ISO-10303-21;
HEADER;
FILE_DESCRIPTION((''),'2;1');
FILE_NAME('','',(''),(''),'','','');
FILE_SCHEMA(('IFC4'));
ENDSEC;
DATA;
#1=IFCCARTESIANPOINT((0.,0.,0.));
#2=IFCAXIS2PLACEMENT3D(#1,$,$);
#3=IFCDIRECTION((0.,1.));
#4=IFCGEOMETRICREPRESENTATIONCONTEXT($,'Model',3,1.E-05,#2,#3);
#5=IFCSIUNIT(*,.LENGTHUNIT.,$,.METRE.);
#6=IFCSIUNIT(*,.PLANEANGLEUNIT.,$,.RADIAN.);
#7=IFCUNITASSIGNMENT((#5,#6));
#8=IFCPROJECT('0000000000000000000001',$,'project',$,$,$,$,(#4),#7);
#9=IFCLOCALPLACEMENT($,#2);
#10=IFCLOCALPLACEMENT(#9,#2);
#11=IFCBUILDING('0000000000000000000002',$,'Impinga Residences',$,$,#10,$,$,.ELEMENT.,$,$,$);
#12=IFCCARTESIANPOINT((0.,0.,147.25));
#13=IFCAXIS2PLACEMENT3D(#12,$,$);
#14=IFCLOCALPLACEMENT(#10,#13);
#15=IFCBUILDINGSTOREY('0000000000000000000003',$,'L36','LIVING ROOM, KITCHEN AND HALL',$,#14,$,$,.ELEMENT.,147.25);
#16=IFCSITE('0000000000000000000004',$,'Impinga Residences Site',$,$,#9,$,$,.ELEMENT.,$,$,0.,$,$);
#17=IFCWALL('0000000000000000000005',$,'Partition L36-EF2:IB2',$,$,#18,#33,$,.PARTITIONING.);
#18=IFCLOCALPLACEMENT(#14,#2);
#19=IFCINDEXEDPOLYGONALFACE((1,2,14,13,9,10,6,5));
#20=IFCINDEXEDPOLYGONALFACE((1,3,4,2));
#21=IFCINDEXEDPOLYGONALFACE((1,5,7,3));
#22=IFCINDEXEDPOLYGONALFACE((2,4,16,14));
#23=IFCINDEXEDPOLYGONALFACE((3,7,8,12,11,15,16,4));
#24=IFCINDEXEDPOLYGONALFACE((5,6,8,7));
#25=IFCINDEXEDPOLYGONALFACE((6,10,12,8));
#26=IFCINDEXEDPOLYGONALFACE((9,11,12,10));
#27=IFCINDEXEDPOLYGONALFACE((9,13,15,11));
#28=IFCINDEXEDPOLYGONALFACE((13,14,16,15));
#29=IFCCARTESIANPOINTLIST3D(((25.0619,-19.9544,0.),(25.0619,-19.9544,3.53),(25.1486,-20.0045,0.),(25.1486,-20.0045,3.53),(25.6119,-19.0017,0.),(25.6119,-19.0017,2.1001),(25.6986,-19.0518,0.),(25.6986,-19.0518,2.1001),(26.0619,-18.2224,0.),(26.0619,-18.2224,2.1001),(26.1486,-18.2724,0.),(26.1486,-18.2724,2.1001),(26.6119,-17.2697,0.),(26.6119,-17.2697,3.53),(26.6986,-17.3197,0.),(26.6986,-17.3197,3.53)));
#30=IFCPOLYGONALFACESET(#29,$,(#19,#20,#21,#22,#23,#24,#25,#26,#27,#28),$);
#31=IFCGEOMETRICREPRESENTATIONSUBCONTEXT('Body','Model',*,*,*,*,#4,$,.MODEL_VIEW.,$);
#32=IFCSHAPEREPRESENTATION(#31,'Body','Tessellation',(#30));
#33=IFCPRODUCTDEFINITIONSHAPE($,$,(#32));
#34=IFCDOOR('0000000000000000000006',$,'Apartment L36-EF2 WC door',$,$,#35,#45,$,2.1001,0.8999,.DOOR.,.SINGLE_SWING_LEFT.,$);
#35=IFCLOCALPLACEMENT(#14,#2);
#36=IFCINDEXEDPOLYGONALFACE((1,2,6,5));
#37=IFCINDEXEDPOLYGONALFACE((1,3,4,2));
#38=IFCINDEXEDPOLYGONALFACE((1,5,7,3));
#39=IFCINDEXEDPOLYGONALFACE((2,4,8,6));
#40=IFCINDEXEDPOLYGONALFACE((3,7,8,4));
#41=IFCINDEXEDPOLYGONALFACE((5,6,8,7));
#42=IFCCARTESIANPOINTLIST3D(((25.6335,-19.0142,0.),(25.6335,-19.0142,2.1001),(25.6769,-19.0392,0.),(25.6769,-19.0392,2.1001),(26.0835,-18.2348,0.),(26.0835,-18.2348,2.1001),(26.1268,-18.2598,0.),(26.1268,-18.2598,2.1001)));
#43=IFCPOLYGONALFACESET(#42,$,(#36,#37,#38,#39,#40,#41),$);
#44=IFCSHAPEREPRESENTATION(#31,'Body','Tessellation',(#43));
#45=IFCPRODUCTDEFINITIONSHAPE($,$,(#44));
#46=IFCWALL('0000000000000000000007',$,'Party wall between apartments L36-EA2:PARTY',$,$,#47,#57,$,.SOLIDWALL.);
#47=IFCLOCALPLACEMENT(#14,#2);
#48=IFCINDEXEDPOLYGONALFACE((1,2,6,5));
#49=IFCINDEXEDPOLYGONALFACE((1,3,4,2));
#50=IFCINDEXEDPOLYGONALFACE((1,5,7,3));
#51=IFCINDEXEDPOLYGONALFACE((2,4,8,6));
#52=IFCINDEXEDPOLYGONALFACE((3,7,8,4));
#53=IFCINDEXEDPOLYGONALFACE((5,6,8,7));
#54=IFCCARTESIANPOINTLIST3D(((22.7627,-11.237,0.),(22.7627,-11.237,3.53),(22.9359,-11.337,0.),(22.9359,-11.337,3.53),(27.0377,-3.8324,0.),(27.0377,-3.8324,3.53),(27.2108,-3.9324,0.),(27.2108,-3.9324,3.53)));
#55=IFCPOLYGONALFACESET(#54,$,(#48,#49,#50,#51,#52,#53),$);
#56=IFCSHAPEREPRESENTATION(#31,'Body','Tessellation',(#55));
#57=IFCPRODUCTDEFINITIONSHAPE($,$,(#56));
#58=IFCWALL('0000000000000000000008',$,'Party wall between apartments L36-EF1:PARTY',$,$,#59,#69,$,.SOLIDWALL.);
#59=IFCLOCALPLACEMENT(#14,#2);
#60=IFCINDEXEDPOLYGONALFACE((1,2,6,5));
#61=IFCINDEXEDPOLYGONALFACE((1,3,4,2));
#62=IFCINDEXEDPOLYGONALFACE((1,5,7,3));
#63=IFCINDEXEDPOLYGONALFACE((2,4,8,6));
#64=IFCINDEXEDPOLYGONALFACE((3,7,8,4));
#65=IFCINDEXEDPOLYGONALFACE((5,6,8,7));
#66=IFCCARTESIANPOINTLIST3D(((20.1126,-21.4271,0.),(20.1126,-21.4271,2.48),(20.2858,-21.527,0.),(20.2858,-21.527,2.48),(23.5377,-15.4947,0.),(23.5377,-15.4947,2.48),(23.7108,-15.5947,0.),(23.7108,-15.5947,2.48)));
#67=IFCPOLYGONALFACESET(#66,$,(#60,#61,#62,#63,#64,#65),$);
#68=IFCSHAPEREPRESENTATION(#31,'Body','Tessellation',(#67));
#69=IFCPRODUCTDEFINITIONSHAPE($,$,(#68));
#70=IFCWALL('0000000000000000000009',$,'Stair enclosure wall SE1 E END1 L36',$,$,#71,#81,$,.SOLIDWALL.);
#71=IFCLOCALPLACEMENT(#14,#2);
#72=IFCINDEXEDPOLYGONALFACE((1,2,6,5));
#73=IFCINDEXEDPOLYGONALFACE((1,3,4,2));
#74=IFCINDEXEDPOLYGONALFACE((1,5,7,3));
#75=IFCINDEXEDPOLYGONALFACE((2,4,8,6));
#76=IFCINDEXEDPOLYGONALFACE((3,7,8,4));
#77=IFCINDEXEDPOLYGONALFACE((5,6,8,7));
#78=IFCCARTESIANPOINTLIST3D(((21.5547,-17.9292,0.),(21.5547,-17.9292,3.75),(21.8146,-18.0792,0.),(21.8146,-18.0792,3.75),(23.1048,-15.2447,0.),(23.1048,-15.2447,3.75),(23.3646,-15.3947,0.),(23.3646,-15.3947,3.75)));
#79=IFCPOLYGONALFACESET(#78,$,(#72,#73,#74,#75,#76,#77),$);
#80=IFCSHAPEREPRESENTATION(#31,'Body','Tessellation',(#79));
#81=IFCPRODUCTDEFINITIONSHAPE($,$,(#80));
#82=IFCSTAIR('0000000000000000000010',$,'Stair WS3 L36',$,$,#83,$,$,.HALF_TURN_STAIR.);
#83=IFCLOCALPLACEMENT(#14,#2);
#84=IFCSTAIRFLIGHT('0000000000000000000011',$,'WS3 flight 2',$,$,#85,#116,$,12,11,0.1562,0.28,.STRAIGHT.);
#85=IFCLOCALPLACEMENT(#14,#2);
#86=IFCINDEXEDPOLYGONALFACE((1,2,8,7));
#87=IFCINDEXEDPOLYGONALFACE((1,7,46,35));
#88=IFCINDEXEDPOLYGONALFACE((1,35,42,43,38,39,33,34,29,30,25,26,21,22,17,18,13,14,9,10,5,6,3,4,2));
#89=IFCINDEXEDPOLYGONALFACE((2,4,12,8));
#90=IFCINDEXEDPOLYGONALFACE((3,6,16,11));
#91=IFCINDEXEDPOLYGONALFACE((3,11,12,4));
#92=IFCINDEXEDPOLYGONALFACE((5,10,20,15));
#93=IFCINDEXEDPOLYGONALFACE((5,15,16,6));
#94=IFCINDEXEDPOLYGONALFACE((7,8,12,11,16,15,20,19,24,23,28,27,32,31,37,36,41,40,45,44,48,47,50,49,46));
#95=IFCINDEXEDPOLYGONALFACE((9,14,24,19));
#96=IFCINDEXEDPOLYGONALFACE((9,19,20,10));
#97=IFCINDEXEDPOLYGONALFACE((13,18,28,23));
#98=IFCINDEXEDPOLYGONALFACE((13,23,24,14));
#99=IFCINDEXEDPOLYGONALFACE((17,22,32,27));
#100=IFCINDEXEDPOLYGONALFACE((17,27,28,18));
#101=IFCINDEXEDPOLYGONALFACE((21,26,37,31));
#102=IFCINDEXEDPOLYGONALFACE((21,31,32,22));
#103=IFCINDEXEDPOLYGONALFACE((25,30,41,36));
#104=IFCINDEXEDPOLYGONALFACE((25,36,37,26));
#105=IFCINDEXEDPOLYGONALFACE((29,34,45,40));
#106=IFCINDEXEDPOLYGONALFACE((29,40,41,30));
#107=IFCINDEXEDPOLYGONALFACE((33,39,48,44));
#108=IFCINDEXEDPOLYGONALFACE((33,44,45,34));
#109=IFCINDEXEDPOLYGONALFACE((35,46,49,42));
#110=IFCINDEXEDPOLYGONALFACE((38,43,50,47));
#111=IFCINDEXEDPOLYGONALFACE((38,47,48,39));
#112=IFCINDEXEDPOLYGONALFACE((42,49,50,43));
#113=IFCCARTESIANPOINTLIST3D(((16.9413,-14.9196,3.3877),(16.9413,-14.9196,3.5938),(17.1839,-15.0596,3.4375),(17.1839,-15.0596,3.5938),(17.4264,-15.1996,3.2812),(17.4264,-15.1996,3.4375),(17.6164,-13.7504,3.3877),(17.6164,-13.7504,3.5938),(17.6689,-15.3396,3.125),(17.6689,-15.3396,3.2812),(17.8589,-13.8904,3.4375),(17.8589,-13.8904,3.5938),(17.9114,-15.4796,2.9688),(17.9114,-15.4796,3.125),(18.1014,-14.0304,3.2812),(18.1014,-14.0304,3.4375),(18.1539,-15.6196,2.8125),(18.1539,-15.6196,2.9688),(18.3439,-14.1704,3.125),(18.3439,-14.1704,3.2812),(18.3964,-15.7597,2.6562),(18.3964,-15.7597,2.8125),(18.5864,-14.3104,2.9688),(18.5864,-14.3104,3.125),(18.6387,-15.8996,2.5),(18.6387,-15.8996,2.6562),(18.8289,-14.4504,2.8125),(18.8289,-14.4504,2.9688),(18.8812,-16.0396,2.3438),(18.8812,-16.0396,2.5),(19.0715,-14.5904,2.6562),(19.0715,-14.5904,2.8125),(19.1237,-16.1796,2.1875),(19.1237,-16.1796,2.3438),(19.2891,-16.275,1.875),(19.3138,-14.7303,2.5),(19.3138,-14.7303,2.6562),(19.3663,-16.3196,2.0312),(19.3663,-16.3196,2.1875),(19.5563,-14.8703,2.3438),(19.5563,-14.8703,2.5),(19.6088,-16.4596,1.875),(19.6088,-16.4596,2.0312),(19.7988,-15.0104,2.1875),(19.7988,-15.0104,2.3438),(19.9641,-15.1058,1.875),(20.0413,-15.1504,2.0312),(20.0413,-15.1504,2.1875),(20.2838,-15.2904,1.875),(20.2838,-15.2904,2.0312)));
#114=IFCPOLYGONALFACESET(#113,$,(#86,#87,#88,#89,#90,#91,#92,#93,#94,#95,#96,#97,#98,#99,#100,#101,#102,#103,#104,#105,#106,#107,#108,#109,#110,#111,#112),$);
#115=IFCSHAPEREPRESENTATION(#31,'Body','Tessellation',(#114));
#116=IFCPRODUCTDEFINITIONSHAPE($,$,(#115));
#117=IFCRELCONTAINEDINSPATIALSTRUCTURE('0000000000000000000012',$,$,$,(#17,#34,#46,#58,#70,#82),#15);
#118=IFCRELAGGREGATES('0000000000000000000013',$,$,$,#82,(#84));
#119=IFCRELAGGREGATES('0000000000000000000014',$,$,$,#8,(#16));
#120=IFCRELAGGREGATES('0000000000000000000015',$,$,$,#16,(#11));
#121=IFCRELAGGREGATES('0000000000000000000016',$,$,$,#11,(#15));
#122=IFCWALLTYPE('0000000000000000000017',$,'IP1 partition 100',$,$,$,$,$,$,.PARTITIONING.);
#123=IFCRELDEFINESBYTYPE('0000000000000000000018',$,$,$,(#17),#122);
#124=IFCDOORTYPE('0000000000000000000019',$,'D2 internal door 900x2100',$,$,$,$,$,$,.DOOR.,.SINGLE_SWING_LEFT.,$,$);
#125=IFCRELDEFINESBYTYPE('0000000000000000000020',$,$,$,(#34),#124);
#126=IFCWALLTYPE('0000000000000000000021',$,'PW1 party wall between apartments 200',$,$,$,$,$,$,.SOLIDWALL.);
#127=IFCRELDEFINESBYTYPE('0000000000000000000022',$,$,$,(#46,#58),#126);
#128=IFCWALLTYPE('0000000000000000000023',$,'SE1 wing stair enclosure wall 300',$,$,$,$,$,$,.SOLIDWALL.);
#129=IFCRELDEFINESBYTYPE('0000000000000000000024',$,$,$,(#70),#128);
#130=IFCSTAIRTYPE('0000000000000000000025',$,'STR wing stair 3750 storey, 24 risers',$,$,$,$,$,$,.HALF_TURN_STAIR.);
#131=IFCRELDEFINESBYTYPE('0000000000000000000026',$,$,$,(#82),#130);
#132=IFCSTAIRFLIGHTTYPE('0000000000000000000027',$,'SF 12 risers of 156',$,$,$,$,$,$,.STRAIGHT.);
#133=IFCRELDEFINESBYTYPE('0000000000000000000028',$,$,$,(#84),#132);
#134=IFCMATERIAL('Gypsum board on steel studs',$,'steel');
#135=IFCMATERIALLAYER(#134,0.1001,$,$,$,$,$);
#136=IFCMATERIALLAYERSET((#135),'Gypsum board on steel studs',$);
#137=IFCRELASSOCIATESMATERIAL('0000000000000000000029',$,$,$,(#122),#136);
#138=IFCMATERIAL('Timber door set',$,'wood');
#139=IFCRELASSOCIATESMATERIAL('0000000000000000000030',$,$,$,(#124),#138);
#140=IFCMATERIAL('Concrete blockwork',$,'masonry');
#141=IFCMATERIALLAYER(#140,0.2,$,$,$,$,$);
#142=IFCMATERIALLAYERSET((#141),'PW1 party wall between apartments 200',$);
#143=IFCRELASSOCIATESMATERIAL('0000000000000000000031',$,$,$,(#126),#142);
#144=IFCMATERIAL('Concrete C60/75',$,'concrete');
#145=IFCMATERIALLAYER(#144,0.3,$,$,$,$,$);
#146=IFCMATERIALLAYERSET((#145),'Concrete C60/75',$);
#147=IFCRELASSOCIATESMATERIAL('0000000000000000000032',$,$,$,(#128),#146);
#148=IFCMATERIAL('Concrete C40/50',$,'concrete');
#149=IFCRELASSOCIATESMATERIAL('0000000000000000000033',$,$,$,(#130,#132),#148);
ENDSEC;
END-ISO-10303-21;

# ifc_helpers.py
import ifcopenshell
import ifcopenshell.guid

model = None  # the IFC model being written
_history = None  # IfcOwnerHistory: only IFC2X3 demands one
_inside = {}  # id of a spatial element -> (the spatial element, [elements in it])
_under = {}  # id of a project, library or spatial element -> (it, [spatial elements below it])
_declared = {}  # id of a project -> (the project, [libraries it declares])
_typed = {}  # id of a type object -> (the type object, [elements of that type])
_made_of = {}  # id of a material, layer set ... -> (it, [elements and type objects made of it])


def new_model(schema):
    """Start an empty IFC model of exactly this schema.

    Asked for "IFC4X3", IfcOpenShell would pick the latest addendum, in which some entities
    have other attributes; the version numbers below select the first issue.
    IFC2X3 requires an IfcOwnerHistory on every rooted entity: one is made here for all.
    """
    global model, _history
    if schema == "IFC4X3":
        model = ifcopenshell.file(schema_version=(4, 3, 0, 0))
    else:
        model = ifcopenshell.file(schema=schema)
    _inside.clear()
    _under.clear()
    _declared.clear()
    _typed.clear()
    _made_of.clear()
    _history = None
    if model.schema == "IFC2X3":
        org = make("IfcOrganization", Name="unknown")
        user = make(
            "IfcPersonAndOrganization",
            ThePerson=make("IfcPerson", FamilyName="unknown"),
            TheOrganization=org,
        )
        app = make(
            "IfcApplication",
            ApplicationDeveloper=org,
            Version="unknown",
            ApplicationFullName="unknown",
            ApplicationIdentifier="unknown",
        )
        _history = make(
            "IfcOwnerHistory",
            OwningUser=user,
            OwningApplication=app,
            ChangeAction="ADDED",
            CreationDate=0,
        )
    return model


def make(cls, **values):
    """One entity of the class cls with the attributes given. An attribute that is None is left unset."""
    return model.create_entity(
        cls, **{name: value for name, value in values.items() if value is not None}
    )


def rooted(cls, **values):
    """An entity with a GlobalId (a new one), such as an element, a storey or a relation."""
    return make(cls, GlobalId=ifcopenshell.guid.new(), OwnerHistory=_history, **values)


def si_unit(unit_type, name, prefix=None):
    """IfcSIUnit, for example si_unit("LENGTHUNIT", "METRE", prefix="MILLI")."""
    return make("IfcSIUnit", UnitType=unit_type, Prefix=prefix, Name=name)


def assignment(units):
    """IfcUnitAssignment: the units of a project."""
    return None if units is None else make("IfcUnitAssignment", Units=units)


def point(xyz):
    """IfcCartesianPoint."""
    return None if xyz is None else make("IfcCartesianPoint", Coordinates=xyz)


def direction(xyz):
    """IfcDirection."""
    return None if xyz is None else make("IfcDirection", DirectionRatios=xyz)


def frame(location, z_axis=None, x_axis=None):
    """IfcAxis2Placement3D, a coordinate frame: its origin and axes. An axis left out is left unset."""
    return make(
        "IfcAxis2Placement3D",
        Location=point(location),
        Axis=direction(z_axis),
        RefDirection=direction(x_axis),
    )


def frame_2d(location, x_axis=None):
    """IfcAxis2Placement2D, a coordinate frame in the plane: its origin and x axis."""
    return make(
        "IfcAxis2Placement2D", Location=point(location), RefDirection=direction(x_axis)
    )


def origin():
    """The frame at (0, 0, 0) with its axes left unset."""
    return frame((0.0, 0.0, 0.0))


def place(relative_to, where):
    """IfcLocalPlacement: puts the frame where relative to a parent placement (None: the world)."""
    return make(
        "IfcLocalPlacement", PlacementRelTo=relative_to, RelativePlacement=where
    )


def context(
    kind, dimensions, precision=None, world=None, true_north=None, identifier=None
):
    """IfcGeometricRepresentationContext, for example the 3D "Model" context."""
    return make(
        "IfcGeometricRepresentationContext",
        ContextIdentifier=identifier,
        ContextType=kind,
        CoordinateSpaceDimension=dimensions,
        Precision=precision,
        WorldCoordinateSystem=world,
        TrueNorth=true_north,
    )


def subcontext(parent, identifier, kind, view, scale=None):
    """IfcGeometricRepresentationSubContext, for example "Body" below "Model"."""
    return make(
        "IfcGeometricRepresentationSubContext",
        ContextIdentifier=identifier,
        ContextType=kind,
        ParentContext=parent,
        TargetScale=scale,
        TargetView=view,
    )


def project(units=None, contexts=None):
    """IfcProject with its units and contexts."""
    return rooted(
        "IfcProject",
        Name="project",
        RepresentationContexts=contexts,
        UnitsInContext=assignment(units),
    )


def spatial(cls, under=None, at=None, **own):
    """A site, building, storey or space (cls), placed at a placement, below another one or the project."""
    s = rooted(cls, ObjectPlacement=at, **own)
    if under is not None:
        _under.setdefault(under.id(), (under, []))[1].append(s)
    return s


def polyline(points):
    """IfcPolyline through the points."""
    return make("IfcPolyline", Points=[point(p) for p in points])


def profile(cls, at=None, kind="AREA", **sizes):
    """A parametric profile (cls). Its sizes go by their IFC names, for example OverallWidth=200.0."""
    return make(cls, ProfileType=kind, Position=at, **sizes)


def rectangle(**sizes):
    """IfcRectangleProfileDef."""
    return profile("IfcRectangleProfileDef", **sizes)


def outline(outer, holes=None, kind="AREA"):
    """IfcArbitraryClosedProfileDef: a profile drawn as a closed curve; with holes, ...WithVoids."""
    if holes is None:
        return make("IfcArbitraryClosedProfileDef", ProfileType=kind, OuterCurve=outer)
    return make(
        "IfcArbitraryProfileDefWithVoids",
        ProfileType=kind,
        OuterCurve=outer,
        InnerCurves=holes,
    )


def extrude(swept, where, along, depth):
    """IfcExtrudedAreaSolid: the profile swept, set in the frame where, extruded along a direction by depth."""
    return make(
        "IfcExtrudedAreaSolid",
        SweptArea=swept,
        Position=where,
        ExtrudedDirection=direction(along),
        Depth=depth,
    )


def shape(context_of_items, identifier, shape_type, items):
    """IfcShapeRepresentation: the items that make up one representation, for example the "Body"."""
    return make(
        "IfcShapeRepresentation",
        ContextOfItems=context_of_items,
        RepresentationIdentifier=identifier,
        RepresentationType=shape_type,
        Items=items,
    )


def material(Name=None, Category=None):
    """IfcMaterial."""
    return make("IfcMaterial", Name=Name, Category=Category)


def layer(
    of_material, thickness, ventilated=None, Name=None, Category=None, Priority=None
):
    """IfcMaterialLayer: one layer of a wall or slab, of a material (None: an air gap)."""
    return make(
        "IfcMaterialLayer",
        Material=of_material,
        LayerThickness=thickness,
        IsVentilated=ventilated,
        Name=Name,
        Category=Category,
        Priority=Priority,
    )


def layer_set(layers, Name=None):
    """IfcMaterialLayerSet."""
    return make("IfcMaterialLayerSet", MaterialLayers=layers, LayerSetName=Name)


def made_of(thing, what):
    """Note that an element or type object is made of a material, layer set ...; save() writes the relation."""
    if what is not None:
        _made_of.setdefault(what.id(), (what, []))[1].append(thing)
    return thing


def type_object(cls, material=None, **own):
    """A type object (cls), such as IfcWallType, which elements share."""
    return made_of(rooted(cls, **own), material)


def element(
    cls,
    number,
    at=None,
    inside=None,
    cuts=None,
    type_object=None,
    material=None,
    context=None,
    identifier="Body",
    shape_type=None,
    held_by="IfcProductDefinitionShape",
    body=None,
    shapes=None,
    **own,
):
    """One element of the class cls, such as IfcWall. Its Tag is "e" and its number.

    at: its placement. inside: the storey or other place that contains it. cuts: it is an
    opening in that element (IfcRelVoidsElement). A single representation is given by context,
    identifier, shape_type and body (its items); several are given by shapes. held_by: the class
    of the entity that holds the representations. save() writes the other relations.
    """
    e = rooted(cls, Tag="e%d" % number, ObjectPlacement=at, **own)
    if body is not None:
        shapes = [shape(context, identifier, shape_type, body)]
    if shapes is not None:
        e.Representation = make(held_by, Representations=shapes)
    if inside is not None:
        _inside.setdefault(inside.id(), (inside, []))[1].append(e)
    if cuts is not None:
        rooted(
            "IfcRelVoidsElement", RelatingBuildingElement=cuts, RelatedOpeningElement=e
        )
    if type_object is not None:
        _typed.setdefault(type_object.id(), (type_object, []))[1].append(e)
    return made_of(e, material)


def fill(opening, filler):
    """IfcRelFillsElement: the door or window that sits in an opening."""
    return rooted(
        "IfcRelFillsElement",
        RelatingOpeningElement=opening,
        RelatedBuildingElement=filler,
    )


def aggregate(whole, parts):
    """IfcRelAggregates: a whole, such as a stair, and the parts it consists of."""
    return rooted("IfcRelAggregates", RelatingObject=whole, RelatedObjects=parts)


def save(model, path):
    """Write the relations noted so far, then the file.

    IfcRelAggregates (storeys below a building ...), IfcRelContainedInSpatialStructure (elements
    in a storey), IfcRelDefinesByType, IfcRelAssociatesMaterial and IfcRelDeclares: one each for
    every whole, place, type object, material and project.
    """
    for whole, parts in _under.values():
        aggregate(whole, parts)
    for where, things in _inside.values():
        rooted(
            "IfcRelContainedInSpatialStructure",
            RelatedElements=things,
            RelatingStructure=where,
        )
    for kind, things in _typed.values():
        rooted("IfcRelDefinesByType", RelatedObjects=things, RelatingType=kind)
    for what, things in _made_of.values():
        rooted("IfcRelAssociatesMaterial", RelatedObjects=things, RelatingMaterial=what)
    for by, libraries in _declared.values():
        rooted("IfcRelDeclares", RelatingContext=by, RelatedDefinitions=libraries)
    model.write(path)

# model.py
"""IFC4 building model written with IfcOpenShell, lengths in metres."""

from ifc_helpers import new_model, si_unit, direction, frame, frame_2d, origin, place, context, subcontext, project, spatial, polyline, rectangle, outline, extrude, material, layer, layer_set, type_object, element, fill, aggregate, save


model = new_model("IFC4")

# Units and contexts
model_context = context("Model", 3, precision=1e-05, world=origin(), true_north=direction((0.0, 1.0)))
body_context = subcontext(model_context, "Body", "Model", "MODEL_VIEW")
ifc_project = project(units=[si_unit("LENGTHUNIT", "METRE"), si_unit("PLANEANGLEUNIT", "RADIAN")], contexts=[model_context])

# Site, building, storey
site_placement = place(None, origin())
site = spatial("IfcSite", under=ifc_project, at=site_placement, Name="Impinga Residences Site", CompositionType="ELEMENT", RefElevation=0.0)
building_placement = place(site_placement, origin())
building = spatial("IfcBuilding", under=site, at=building_placement, Name="Impinga Residences", CompositionType="ELEMENT")
storey_placement = place(building_placement, frame((0.0, 0.0, 147.25)))
storey = spatial("IfcBuildingStorey", under=building, at=storey_placement, Name="L36", Description="LIVING ROOM, KITCHEN AND HALL", CompositionType="ELEMENT", Elevation=147.25)

# Shared definitions
ifc_material_1 = material(Name="Concrete C60/75", Category="concrete")

# Wall, opening, door
ifc_material_2 = material(Name="Gypsum board on steel studs", Category="steel")
ifc_layer_1 = layer(ifc_material_2, 0.1001)
ifc_layer_set_1 = layer_set([ifc_layer_1], Name="Gypsum board on steel studs")
wall_type_1 = type_object("IfcWallType", Name="IP1 partition 100", PredefinedType="PARTITIONING", material=ifc_layer_set_1)
ifc_material_3 = material(Name="Timber door set", Category="wood")
door_type = type_object("IfcDoorType", Name="D2 internal door 900x2100", OperationType="SINGLE_SWING_LEFT", PredefinedType="DOOR", material=ifc_material_3)
wall_1_placement = place(storey_placement, frame((26.6553, -17.2947, 0.0), z_axis=(0.0, 0.0, 1.0), x_axis=(-0.499993, -0.86603, 0.0)))
wall_1 = element("IfcWall", 1, at=wall_1_placement, inside=storey, type_object=wall_type_1, Name="Partition L36-EF2:IB2", PredefinedType="PARTITIONING", context=body_context, shape_type="SweptSolid", body=[
    extrude(rectangle(XDim=3.1001, YDim=0.1001, at=frame_2d((1.55, 0.0))), origin(), (0.0, 0.0, 1.0), 3.53),
])
opening_1_placement = place(wall_1_placement, frame((1.1001, 0.0, 0.0)))
opening_1 = element("IfcOpeningElement", 2, at=opening_1_placement, cuts=wall_1, PredefinedType="OPENING", context=body_context, shape_type="SweptSolid", body=[
    extrude(rectangle(XDim=0.8999, YDim=2.1001, at=frame_2d((0.45, 1.05))), frame((0.0, 0.0601, 0.0), z_axis=(0.0, -1.0, 0.0), x_axis=(1.0, 0.0, 0.0)), (0.0, 0.0, 1.0), 0.1201),
])
door_1_placement = place(opening_1_placement, origin())
door_1 = element("IfcDoor", 3, at=door_1_placement, inside=storey, type_object=door_type, Name="Apartment L36-EF2 WC door", OperationType="SINGLE_SWING_LEFT", OverallHeight=2.1001, OverallWidth=0.8999, PredefinedType="DOOR", context=body_context, shape_type="SweptSolid", body=[
    extrude(rectangle(XDim=0.8999, YDim=2.1001, at=frame_2d((0.45, 1.05))), frame((0.0, 0.0249, 0.0), z_axis=(0.0, -1.0, 0.0), x_axis=(1.0, 0.0, 0.0)), (0.0, 0.0, 1.0), 0.05),
])
fill(opening_1, door_1)

# Walls
ifc_material_4 = material(Name="Concrete blockwork", Category="masonry")
ifc_layer_2 = layer(ifc_material_4, 0.2)
ifc_layer_set_2 = layer_set([ifc_layer_2], Name="PW1 party wall between apartments 200")
wall_type_2 = type_object("IfcWallType", Name="PW1 party wall between apartments 200", PredefinedType="SOLIDWALL", material=ifc_layer_set_2)
wall_2_placement = place(storey_placement, frame((22.8494, -11.2869, 0.0), z_axis=(0.0, 0.0, 1.0), x_axis=(0.49999, 0.866031, 0.0)))
element("IfcWall", 4, at=wall_2_placement, inside=storey, type_object=wall_type_2, Name="Party wall between apartments L36-EA2:PARTY", PredefinedType="SOLIDWALL", context=body_context, shape_type="SweptSolid", body=[
    extrude(rectangle(XDim=8.55, YDim=0.2, at=frame_2d((4.2749, 0.0))), origin(), (0.0, 0.0, 1.0), 3.53),
])
wall_3_placement = place(storey_placement, frame((23.6243, -15.5447, 0.0), z_axis=(0.0, 0.0, 1.0), x_axis=(-0.499999, -0.866026, 0.0)))
element("IfcWall", 5, at=wall_3_placement, inside=storey, type_object=wall_type_2, Name="Party wall between apartments L36-EF1:PARTY", PredefinedType="SOLIDWALL", context=body_context, shape_type="SweptSolid", body=[
    extrude(rectangle(XDim=6.8501, YDim=0.2, at=frame_2d((3.425, 0.0))), origin(), (0.0, 0.0, 1.0), 2.48),
])
ifc_layer_3 = layer(ifc_material_1, 0.3)
ifc_layer_set_3 = layer_set([ifc_layer_3], Name="Concrete C60/75")
wall_type_3 = type_object("IfcWallType", Name="SE1 wing stair enclosure wall 300", PredefinedType="SOLIDWALL", material=ifc_layer_set_3)
wall_4_placement = place(storey_placement, frame((23.2346, -15.3198, 0.0), z_axis=(0.0, 0.0, 1.0), x_axis=(-0.500027, -0.86601, 0.0)))
element("IfcWall", 6, at=wall_4_placement, inside=storey, type_object=wall_type_3, Name="Stair enclosure wall SE1 E END1 L36", PredefinedType="SOLIDWALL", context=body_context, shape_type="SweptSolid", body=[
    extrude(rectangle(XDim=3.0999, YDim=0.3, at=frame_2d((1.5498, 0.0))), origin(), (0.0, 0.0, 1.0), 3.75),
])

# Stair, stair flight
ifc_material_5 = material(Name="Concrete C40/50", Category="concrete")
stair_type = type_object("IfcStairType", Name="STR wing stair 3750 storey, 24 risers", PredefinedType="HALF_TURN_STAIR", material=ifc_material_5)
stair_placement = place(storey_placement, origin())
stair = element("IfcStair", 7, at=stair_placement, inside=storey, type_object=stair_type, Name="Stair WS3 L36", PredefinedType="HALF_TURN_STAIR")
stair_flight_type = type_object("IfcStairFlightType", Name="SF 12 risers of 156", PredefinedType="STRAIGHT", material=ifc_material_5)
stair_flight_placement = place(storey_placement, frame((19.9463, -15.875, 1.875), z_axis=(0.0, 0.0, 1.0), x_axis=(-0.866025, 0.5, 0.0)))
stair_flight = element("IfcStairFlight", 8, at=stair_flight_placement, type_object=stair_flight_type, Name="WS3 flight 2", NumberOfRisers=12, NumberOfTreads=11, PredefinedType="STRAIGHT", RiserHeight=0.1562, TreadLength=0.28, context=body_context, shape_type="SweptSolid", body=[
    extrude(outline(polyline([(0.0, 0.0), (0.0, 0.1562), (0.28, 0.1562), (0.28, 0.3125), (0.5601, 0.3125), (0.5601, 0.4688), (0.8401, 0.4688), (0.8401, 0.625), (1.1201, 0.625), (1.1201, 0.7812), (1.3999, 0.7812), (1.3999, 0.9375), (1.6799, 0.9375), (1.6799, 1.0938), (1.96, 1.0938), (1.96, 1.25), (2.24, 1.25), (2.24, 1.4062), (2.52, 1.4062), (2.52, 1.5625), (2.8, 1.5625), (2.8, 1.7188), (3.0801, 1.7188), (3.0801, 1.875), (3.0801, 1.5127), (0.3691, 0.0), (0.0, 0.0)])), frame((0.0, 0.675, 0.0), z_axis=(0.0, -1.0, 0.0), x_axis=(1.0, 0.0, 0.0)), (0.0, 0.0, 1.0), 1.3501),
])
aggregate(stair, [stair_flight])

save(model, "model.ifc")
